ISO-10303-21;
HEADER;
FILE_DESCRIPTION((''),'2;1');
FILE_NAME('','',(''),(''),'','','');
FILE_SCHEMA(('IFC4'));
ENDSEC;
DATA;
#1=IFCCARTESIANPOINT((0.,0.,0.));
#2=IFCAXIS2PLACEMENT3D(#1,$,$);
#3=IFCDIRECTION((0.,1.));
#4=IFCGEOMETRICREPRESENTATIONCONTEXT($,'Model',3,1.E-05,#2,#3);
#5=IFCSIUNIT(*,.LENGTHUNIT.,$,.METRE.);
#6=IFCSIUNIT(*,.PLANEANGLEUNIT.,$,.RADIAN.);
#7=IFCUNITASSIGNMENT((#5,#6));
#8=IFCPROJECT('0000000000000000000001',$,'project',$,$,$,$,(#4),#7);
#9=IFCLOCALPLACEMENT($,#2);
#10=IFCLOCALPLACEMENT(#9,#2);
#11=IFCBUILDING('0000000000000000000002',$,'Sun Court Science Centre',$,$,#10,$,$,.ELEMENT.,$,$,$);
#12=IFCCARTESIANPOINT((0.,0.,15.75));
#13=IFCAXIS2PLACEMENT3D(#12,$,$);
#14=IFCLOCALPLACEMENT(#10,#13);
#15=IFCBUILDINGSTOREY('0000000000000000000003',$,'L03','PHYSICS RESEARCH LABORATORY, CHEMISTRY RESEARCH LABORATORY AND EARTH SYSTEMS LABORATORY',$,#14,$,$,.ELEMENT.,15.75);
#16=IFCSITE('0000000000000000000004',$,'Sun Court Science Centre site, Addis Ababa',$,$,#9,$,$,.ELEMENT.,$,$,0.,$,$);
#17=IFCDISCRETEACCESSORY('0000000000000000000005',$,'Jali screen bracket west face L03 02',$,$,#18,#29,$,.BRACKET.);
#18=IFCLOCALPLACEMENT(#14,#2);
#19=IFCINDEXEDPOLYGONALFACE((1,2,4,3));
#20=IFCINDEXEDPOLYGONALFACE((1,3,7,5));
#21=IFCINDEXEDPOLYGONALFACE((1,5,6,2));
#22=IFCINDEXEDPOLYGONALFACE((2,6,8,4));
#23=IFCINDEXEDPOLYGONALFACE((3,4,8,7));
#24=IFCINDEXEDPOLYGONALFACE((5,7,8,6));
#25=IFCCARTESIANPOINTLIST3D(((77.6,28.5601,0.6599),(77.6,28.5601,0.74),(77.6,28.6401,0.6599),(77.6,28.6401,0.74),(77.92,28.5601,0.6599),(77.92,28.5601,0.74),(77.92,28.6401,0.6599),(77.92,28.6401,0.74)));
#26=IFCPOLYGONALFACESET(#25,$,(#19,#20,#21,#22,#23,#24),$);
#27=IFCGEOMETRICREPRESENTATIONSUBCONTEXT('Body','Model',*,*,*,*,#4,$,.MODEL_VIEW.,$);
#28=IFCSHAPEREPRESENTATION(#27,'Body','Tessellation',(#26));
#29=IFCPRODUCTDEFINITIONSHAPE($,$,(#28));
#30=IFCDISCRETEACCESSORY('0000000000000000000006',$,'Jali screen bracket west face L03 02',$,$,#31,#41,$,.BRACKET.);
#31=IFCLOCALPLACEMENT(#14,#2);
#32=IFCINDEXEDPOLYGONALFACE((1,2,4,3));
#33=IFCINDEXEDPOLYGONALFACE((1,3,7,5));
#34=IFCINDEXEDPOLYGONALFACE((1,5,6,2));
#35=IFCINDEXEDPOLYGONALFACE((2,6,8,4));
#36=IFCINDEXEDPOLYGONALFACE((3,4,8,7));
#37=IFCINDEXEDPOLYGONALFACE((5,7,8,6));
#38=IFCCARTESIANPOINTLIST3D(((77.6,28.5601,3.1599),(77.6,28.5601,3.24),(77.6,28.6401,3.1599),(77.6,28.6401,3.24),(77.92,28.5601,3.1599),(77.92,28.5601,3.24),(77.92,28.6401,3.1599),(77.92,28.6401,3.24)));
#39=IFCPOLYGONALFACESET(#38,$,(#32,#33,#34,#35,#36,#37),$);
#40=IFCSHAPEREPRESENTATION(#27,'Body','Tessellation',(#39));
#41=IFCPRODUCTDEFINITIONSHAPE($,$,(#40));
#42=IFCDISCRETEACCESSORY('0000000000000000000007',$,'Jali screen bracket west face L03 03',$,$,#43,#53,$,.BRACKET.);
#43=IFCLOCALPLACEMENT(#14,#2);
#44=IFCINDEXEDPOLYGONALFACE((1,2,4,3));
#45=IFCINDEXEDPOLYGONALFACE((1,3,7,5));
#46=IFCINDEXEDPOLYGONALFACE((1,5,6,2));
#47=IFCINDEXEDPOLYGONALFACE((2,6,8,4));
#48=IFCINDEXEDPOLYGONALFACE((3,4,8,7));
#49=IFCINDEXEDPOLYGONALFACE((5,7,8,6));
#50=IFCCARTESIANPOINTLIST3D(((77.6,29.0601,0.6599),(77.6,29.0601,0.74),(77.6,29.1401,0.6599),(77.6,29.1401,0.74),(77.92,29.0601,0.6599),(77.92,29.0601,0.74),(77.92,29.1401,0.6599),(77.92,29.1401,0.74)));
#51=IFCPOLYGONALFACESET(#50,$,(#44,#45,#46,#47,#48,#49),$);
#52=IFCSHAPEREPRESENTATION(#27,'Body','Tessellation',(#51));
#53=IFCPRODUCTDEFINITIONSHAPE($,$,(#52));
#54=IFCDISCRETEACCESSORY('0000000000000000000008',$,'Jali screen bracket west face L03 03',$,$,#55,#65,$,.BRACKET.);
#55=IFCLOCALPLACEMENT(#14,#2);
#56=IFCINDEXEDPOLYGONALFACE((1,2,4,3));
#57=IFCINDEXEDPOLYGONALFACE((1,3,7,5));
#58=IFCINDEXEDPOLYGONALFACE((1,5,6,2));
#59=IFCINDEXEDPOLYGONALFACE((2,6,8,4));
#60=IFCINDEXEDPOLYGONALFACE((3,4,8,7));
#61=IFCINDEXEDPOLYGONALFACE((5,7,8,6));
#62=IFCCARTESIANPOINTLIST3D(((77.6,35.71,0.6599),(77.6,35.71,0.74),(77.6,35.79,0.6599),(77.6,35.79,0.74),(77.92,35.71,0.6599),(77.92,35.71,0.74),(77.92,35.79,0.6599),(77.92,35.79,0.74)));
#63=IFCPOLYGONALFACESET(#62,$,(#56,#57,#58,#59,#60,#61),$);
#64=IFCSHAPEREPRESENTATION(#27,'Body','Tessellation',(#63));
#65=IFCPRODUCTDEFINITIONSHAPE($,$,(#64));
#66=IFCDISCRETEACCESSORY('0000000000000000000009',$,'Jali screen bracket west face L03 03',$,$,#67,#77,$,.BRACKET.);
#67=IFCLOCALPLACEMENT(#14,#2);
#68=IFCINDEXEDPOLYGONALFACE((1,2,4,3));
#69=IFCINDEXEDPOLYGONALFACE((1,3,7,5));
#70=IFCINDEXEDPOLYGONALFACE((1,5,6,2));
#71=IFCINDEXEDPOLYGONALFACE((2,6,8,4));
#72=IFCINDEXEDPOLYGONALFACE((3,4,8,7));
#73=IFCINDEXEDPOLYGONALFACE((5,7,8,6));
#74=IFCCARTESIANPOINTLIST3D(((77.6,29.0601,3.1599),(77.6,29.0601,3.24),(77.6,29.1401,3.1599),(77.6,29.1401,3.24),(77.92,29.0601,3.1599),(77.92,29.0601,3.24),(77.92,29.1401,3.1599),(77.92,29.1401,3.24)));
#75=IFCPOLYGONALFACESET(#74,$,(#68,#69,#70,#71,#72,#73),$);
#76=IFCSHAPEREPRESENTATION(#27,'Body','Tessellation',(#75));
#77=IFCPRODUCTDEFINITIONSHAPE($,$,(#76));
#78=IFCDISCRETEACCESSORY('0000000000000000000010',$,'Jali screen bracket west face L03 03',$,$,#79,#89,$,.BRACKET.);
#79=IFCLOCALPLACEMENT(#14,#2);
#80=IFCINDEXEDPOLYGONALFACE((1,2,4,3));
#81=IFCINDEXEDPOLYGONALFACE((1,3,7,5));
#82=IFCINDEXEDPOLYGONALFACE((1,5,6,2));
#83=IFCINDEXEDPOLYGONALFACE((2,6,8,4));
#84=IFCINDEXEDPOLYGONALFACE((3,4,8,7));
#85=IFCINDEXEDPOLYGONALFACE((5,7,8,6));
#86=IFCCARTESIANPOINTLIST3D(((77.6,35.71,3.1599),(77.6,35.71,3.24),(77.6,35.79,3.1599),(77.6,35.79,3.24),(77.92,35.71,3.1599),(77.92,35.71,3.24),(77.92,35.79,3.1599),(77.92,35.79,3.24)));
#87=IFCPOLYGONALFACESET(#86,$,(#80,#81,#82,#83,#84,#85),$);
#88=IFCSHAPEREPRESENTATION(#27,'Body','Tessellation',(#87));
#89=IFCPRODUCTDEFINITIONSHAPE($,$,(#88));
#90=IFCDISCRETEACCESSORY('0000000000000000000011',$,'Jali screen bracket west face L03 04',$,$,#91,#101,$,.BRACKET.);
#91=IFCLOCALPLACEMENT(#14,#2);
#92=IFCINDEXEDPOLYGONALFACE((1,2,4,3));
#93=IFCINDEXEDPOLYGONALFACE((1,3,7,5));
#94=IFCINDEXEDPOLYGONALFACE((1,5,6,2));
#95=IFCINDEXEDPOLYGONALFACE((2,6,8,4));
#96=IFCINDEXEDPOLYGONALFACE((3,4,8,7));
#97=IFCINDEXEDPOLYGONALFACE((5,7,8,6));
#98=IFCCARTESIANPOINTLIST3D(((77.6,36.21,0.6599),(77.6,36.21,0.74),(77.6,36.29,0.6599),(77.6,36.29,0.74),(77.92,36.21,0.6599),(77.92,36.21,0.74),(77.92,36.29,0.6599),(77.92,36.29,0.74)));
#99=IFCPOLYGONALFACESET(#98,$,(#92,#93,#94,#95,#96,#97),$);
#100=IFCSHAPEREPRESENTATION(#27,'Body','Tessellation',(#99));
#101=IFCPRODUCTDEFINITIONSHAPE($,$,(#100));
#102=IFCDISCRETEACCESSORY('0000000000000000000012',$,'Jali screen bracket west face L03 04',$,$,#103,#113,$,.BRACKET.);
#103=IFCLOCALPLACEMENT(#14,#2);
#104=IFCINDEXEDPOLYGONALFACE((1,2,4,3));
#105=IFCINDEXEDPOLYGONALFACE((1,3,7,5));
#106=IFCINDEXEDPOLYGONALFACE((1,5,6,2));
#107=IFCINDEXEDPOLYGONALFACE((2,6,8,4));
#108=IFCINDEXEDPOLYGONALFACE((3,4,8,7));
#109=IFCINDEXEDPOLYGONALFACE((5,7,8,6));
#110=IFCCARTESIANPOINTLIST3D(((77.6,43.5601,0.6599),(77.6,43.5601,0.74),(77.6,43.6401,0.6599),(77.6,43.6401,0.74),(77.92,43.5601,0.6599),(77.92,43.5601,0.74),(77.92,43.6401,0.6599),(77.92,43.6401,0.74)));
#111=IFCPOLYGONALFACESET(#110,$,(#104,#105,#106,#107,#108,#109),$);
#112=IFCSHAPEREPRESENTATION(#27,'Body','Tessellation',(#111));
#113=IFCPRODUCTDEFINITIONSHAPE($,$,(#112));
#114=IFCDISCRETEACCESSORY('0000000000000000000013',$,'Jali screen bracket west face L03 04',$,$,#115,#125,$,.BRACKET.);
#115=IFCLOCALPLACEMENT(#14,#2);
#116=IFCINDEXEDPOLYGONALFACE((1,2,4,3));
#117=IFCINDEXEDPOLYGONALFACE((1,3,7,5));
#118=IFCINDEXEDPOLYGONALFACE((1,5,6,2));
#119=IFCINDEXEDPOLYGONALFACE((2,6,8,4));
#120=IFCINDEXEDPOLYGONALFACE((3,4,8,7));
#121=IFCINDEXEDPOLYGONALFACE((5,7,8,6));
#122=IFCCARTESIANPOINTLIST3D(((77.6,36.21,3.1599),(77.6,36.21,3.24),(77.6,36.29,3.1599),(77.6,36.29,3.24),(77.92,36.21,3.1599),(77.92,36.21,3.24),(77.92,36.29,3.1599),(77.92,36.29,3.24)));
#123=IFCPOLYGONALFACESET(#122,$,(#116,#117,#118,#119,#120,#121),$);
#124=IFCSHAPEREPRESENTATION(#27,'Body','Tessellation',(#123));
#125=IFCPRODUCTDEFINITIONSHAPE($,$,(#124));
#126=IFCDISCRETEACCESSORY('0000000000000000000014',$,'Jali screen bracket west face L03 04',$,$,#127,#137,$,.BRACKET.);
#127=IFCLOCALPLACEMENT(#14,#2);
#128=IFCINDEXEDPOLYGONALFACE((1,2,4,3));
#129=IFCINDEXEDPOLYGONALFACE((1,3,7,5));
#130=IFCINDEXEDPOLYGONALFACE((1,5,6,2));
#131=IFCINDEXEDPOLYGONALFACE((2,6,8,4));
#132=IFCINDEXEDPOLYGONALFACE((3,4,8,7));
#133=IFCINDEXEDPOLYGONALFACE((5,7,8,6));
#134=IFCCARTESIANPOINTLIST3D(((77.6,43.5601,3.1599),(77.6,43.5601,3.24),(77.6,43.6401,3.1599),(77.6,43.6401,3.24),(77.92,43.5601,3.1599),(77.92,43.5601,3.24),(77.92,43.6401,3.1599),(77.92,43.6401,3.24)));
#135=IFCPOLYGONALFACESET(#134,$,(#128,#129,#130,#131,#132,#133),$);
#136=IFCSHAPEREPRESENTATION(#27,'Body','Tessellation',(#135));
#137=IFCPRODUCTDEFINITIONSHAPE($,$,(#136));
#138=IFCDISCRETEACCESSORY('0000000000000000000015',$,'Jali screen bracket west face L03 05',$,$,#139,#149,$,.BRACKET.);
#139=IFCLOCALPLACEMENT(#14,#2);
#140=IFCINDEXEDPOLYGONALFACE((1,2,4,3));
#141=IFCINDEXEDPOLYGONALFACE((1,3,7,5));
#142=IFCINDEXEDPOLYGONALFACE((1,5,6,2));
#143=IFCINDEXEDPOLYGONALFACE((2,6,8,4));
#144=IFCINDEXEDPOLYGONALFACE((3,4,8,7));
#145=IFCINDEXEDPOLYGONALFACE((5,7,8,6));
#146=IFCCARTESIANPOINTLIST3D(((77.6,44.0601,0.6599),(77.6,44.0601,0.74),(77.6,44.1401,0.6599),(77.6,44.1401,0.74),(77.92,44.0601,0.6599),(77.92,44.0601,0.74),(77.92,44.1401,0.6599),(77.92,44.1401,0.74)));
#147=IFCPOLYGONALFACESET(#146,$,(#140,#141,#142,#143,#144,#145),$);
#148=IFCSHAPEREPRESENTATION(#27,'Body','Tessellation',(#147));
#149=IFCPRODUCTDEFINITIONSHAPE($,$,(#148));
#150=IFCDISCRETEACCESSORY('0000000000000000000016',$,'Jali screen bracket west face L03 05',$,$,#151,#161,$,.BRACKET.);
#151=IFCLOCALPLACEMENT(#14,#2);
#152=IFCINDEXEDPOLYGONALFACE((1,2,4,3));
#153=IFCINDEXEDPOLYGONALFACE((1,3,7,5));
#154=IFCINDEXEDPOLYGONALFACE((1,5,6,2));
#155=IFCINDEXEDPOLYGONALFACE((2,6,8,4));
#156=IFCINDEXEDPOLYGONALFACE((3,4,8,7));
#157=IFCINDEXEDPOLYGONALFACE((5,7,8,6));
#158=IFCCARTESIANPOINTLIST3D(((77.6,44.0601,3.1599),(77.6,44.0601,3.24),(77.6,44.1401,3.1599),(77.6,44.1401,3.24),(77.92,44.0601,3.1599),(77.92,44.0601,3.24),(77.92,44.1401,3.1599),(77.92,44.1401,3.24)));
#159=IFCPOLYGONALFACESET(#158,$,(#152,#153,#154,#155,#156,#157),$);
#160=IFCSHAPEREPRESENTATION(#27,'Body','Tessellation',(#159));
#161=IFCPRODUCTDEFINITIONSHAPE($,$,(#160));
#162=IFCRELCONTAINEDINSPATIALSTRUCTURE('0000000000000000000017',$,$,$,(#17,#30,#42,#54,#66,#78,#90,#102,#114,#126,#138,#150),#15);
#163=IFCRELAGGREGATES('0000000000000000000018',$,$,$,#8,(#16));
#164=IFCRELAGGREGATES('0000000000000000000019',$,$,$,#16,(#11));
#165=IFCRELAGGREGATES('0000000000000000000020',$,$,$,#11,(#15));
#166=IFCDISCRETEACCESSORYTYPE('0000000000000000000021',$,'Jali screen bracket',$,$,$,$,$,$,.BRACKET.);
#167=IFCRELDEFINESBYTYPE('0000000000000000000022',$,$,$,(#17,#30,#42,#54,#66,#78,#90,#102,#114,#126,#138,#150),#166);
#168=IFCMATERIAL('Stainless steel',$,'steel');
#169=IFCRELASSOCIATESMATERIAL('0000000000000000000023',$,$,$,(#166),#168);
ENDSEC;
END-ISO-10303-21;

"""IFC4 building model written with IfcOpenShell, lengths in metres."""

from ifc_helpers import new_model, si_unit, direction, frame, origin, origin_2d, place, context, subcontext, project, spatial, rectangle, extrude, material, type_object, element, save


model = new_model("IFC4")

# Units and contexts
model_context = context("Model", 3, precision=1e-05, world=origin(), true_north=direction((0.0, 1.0)))
body_context = subcontext(model_context, "Body", "Model", "MODEL_VIEW")
ifc_project = project(units=[si_unit("LENGTHUNIT", "METRE"), si_unit("PLANEANGLEUNIT", "RADIAN")], contexts=[model_context])

# Site, building, storey
site_placement = place(None, origin())
site = spatial("IfcSite", under=ifc_project, at=site_placement, Name="Sun Court Science Centre site, Addis Ababa", CompositionType="ELEMENT", RefElevation=0.0)
building_placement = place(site_placement, origin())
building = spatial("IfcBuilding", under=site, at=building_placement, Name="Sun Court Science Centre", CompositionType="ELEMENT")
storey_placement = place(building_placement, frame((0.0, 0.0, 15.75)))
storey = spatial("IfcBuildingStorey", under=building, at=storey_placement, Name="L03", Description="PHYSICS RESEARCH LABORATORY, CHEMISTRY RESEARCH LABORATORY AND EARTH SYSTEMS LABORATORY", CompositionType="ELEMENT", Elevation=15.75)

# Discrete accessories
ifc_material_1 = material(Name="Stainless steel", Category="steel")
discrete_accessory_type_1 = type_object("IfcDiscreteAccessoryType", Name="Jali screen bracket", PredefinedType="BRACKET", material=ifc_material_1)
for number, where, z_axis, x_axis, name in (
    (1, (77.76, 28.6001, 0.6599), (0.0, 0.0, 1.0), (0.0, 1.0, 0.0), "Jali screen bracket west face L03 02"),
    (2, (77.76, 28.6001, 3.1599), (0.0, 0.0, 1.0), (0.0, 1.0, 0.0), "Jali screen bracket west face L03 02"),
    (3, (77.76, 29.1001, 0.6599), (0.0, 0.0, 1.0), (0.0, 1.0, 0.0), "Jali screen bracket west face L03 03"),
    (4, (77.76, 35.75, 0.6599), (0.0, 0.0, 1.0), (0.0, 1.0, 0.0), "Jali screen bracket west face L03 03"),
    (5, (77.76, 29.1001, 3.1599), (0.0, 0.0, 1.0), (0.0, 1.0, 0.0), "Jali screen bracket west face L03 03"),
    (6, (77.76, 35.75, 3.1599), (0.0, 0.0, 1.0), (0.0, 1.0, 0.0), "Jali screen bracket west face L03 03"),
    (7, (77.76, 36.25, 0.6599), (0.0, 0.0, 1.0), (0.0, 1.0, 0.0), "Jali screen bracket west face L03 04"),
    (8, (77.76, 43.6001, 0.6599), (0.0, 0.0, 1.0), (0.0, 1.0, 0.0), "Jali screen bracket west face L03 04"),
    (9, (77.76, 36.25, 3.1599), (0.0, 0.0, 1.0), (0.0, 1.0, 0.0), "Jali screen bracket west face L03 04"),
    (10, (77.76, 43.6001, 3.1599), (0.0, 0.0, 1.0), (0.0, 1.0, 0.0), "Jali screen bracket west face L03 04"),
    (11, (77.76, 44.1001, 0.6599), (0.0, 0.0, 1.0), (0.0, 1.0, 0.0), "Jali screen bracket west face L03 05"),
    (12, (77.76, 44.1001, 3.1599), (0.0, 0.0, 1.0), (0.0, 1.0, 0.0), "Jali screen bracket west face L03 05"),
):
    element("IfcDiscreteAccessory", number, at=place(storey_placement, frame(where, z_axis=z_axis, x_axis=x_axis)), inside=storey, type_object=discrete_accessory_type_1, Name=name, PredefinedType="BRACKET", context=body_context, shape_type="SweptSolid", body=[
        extrude(rectangle(XDim=0.0801, YDim=0.3201, at=origin_2d()), origin(), (0.0, 0.0, 1.0), 0.0801),
    ])

save(model, "model.ifc")
